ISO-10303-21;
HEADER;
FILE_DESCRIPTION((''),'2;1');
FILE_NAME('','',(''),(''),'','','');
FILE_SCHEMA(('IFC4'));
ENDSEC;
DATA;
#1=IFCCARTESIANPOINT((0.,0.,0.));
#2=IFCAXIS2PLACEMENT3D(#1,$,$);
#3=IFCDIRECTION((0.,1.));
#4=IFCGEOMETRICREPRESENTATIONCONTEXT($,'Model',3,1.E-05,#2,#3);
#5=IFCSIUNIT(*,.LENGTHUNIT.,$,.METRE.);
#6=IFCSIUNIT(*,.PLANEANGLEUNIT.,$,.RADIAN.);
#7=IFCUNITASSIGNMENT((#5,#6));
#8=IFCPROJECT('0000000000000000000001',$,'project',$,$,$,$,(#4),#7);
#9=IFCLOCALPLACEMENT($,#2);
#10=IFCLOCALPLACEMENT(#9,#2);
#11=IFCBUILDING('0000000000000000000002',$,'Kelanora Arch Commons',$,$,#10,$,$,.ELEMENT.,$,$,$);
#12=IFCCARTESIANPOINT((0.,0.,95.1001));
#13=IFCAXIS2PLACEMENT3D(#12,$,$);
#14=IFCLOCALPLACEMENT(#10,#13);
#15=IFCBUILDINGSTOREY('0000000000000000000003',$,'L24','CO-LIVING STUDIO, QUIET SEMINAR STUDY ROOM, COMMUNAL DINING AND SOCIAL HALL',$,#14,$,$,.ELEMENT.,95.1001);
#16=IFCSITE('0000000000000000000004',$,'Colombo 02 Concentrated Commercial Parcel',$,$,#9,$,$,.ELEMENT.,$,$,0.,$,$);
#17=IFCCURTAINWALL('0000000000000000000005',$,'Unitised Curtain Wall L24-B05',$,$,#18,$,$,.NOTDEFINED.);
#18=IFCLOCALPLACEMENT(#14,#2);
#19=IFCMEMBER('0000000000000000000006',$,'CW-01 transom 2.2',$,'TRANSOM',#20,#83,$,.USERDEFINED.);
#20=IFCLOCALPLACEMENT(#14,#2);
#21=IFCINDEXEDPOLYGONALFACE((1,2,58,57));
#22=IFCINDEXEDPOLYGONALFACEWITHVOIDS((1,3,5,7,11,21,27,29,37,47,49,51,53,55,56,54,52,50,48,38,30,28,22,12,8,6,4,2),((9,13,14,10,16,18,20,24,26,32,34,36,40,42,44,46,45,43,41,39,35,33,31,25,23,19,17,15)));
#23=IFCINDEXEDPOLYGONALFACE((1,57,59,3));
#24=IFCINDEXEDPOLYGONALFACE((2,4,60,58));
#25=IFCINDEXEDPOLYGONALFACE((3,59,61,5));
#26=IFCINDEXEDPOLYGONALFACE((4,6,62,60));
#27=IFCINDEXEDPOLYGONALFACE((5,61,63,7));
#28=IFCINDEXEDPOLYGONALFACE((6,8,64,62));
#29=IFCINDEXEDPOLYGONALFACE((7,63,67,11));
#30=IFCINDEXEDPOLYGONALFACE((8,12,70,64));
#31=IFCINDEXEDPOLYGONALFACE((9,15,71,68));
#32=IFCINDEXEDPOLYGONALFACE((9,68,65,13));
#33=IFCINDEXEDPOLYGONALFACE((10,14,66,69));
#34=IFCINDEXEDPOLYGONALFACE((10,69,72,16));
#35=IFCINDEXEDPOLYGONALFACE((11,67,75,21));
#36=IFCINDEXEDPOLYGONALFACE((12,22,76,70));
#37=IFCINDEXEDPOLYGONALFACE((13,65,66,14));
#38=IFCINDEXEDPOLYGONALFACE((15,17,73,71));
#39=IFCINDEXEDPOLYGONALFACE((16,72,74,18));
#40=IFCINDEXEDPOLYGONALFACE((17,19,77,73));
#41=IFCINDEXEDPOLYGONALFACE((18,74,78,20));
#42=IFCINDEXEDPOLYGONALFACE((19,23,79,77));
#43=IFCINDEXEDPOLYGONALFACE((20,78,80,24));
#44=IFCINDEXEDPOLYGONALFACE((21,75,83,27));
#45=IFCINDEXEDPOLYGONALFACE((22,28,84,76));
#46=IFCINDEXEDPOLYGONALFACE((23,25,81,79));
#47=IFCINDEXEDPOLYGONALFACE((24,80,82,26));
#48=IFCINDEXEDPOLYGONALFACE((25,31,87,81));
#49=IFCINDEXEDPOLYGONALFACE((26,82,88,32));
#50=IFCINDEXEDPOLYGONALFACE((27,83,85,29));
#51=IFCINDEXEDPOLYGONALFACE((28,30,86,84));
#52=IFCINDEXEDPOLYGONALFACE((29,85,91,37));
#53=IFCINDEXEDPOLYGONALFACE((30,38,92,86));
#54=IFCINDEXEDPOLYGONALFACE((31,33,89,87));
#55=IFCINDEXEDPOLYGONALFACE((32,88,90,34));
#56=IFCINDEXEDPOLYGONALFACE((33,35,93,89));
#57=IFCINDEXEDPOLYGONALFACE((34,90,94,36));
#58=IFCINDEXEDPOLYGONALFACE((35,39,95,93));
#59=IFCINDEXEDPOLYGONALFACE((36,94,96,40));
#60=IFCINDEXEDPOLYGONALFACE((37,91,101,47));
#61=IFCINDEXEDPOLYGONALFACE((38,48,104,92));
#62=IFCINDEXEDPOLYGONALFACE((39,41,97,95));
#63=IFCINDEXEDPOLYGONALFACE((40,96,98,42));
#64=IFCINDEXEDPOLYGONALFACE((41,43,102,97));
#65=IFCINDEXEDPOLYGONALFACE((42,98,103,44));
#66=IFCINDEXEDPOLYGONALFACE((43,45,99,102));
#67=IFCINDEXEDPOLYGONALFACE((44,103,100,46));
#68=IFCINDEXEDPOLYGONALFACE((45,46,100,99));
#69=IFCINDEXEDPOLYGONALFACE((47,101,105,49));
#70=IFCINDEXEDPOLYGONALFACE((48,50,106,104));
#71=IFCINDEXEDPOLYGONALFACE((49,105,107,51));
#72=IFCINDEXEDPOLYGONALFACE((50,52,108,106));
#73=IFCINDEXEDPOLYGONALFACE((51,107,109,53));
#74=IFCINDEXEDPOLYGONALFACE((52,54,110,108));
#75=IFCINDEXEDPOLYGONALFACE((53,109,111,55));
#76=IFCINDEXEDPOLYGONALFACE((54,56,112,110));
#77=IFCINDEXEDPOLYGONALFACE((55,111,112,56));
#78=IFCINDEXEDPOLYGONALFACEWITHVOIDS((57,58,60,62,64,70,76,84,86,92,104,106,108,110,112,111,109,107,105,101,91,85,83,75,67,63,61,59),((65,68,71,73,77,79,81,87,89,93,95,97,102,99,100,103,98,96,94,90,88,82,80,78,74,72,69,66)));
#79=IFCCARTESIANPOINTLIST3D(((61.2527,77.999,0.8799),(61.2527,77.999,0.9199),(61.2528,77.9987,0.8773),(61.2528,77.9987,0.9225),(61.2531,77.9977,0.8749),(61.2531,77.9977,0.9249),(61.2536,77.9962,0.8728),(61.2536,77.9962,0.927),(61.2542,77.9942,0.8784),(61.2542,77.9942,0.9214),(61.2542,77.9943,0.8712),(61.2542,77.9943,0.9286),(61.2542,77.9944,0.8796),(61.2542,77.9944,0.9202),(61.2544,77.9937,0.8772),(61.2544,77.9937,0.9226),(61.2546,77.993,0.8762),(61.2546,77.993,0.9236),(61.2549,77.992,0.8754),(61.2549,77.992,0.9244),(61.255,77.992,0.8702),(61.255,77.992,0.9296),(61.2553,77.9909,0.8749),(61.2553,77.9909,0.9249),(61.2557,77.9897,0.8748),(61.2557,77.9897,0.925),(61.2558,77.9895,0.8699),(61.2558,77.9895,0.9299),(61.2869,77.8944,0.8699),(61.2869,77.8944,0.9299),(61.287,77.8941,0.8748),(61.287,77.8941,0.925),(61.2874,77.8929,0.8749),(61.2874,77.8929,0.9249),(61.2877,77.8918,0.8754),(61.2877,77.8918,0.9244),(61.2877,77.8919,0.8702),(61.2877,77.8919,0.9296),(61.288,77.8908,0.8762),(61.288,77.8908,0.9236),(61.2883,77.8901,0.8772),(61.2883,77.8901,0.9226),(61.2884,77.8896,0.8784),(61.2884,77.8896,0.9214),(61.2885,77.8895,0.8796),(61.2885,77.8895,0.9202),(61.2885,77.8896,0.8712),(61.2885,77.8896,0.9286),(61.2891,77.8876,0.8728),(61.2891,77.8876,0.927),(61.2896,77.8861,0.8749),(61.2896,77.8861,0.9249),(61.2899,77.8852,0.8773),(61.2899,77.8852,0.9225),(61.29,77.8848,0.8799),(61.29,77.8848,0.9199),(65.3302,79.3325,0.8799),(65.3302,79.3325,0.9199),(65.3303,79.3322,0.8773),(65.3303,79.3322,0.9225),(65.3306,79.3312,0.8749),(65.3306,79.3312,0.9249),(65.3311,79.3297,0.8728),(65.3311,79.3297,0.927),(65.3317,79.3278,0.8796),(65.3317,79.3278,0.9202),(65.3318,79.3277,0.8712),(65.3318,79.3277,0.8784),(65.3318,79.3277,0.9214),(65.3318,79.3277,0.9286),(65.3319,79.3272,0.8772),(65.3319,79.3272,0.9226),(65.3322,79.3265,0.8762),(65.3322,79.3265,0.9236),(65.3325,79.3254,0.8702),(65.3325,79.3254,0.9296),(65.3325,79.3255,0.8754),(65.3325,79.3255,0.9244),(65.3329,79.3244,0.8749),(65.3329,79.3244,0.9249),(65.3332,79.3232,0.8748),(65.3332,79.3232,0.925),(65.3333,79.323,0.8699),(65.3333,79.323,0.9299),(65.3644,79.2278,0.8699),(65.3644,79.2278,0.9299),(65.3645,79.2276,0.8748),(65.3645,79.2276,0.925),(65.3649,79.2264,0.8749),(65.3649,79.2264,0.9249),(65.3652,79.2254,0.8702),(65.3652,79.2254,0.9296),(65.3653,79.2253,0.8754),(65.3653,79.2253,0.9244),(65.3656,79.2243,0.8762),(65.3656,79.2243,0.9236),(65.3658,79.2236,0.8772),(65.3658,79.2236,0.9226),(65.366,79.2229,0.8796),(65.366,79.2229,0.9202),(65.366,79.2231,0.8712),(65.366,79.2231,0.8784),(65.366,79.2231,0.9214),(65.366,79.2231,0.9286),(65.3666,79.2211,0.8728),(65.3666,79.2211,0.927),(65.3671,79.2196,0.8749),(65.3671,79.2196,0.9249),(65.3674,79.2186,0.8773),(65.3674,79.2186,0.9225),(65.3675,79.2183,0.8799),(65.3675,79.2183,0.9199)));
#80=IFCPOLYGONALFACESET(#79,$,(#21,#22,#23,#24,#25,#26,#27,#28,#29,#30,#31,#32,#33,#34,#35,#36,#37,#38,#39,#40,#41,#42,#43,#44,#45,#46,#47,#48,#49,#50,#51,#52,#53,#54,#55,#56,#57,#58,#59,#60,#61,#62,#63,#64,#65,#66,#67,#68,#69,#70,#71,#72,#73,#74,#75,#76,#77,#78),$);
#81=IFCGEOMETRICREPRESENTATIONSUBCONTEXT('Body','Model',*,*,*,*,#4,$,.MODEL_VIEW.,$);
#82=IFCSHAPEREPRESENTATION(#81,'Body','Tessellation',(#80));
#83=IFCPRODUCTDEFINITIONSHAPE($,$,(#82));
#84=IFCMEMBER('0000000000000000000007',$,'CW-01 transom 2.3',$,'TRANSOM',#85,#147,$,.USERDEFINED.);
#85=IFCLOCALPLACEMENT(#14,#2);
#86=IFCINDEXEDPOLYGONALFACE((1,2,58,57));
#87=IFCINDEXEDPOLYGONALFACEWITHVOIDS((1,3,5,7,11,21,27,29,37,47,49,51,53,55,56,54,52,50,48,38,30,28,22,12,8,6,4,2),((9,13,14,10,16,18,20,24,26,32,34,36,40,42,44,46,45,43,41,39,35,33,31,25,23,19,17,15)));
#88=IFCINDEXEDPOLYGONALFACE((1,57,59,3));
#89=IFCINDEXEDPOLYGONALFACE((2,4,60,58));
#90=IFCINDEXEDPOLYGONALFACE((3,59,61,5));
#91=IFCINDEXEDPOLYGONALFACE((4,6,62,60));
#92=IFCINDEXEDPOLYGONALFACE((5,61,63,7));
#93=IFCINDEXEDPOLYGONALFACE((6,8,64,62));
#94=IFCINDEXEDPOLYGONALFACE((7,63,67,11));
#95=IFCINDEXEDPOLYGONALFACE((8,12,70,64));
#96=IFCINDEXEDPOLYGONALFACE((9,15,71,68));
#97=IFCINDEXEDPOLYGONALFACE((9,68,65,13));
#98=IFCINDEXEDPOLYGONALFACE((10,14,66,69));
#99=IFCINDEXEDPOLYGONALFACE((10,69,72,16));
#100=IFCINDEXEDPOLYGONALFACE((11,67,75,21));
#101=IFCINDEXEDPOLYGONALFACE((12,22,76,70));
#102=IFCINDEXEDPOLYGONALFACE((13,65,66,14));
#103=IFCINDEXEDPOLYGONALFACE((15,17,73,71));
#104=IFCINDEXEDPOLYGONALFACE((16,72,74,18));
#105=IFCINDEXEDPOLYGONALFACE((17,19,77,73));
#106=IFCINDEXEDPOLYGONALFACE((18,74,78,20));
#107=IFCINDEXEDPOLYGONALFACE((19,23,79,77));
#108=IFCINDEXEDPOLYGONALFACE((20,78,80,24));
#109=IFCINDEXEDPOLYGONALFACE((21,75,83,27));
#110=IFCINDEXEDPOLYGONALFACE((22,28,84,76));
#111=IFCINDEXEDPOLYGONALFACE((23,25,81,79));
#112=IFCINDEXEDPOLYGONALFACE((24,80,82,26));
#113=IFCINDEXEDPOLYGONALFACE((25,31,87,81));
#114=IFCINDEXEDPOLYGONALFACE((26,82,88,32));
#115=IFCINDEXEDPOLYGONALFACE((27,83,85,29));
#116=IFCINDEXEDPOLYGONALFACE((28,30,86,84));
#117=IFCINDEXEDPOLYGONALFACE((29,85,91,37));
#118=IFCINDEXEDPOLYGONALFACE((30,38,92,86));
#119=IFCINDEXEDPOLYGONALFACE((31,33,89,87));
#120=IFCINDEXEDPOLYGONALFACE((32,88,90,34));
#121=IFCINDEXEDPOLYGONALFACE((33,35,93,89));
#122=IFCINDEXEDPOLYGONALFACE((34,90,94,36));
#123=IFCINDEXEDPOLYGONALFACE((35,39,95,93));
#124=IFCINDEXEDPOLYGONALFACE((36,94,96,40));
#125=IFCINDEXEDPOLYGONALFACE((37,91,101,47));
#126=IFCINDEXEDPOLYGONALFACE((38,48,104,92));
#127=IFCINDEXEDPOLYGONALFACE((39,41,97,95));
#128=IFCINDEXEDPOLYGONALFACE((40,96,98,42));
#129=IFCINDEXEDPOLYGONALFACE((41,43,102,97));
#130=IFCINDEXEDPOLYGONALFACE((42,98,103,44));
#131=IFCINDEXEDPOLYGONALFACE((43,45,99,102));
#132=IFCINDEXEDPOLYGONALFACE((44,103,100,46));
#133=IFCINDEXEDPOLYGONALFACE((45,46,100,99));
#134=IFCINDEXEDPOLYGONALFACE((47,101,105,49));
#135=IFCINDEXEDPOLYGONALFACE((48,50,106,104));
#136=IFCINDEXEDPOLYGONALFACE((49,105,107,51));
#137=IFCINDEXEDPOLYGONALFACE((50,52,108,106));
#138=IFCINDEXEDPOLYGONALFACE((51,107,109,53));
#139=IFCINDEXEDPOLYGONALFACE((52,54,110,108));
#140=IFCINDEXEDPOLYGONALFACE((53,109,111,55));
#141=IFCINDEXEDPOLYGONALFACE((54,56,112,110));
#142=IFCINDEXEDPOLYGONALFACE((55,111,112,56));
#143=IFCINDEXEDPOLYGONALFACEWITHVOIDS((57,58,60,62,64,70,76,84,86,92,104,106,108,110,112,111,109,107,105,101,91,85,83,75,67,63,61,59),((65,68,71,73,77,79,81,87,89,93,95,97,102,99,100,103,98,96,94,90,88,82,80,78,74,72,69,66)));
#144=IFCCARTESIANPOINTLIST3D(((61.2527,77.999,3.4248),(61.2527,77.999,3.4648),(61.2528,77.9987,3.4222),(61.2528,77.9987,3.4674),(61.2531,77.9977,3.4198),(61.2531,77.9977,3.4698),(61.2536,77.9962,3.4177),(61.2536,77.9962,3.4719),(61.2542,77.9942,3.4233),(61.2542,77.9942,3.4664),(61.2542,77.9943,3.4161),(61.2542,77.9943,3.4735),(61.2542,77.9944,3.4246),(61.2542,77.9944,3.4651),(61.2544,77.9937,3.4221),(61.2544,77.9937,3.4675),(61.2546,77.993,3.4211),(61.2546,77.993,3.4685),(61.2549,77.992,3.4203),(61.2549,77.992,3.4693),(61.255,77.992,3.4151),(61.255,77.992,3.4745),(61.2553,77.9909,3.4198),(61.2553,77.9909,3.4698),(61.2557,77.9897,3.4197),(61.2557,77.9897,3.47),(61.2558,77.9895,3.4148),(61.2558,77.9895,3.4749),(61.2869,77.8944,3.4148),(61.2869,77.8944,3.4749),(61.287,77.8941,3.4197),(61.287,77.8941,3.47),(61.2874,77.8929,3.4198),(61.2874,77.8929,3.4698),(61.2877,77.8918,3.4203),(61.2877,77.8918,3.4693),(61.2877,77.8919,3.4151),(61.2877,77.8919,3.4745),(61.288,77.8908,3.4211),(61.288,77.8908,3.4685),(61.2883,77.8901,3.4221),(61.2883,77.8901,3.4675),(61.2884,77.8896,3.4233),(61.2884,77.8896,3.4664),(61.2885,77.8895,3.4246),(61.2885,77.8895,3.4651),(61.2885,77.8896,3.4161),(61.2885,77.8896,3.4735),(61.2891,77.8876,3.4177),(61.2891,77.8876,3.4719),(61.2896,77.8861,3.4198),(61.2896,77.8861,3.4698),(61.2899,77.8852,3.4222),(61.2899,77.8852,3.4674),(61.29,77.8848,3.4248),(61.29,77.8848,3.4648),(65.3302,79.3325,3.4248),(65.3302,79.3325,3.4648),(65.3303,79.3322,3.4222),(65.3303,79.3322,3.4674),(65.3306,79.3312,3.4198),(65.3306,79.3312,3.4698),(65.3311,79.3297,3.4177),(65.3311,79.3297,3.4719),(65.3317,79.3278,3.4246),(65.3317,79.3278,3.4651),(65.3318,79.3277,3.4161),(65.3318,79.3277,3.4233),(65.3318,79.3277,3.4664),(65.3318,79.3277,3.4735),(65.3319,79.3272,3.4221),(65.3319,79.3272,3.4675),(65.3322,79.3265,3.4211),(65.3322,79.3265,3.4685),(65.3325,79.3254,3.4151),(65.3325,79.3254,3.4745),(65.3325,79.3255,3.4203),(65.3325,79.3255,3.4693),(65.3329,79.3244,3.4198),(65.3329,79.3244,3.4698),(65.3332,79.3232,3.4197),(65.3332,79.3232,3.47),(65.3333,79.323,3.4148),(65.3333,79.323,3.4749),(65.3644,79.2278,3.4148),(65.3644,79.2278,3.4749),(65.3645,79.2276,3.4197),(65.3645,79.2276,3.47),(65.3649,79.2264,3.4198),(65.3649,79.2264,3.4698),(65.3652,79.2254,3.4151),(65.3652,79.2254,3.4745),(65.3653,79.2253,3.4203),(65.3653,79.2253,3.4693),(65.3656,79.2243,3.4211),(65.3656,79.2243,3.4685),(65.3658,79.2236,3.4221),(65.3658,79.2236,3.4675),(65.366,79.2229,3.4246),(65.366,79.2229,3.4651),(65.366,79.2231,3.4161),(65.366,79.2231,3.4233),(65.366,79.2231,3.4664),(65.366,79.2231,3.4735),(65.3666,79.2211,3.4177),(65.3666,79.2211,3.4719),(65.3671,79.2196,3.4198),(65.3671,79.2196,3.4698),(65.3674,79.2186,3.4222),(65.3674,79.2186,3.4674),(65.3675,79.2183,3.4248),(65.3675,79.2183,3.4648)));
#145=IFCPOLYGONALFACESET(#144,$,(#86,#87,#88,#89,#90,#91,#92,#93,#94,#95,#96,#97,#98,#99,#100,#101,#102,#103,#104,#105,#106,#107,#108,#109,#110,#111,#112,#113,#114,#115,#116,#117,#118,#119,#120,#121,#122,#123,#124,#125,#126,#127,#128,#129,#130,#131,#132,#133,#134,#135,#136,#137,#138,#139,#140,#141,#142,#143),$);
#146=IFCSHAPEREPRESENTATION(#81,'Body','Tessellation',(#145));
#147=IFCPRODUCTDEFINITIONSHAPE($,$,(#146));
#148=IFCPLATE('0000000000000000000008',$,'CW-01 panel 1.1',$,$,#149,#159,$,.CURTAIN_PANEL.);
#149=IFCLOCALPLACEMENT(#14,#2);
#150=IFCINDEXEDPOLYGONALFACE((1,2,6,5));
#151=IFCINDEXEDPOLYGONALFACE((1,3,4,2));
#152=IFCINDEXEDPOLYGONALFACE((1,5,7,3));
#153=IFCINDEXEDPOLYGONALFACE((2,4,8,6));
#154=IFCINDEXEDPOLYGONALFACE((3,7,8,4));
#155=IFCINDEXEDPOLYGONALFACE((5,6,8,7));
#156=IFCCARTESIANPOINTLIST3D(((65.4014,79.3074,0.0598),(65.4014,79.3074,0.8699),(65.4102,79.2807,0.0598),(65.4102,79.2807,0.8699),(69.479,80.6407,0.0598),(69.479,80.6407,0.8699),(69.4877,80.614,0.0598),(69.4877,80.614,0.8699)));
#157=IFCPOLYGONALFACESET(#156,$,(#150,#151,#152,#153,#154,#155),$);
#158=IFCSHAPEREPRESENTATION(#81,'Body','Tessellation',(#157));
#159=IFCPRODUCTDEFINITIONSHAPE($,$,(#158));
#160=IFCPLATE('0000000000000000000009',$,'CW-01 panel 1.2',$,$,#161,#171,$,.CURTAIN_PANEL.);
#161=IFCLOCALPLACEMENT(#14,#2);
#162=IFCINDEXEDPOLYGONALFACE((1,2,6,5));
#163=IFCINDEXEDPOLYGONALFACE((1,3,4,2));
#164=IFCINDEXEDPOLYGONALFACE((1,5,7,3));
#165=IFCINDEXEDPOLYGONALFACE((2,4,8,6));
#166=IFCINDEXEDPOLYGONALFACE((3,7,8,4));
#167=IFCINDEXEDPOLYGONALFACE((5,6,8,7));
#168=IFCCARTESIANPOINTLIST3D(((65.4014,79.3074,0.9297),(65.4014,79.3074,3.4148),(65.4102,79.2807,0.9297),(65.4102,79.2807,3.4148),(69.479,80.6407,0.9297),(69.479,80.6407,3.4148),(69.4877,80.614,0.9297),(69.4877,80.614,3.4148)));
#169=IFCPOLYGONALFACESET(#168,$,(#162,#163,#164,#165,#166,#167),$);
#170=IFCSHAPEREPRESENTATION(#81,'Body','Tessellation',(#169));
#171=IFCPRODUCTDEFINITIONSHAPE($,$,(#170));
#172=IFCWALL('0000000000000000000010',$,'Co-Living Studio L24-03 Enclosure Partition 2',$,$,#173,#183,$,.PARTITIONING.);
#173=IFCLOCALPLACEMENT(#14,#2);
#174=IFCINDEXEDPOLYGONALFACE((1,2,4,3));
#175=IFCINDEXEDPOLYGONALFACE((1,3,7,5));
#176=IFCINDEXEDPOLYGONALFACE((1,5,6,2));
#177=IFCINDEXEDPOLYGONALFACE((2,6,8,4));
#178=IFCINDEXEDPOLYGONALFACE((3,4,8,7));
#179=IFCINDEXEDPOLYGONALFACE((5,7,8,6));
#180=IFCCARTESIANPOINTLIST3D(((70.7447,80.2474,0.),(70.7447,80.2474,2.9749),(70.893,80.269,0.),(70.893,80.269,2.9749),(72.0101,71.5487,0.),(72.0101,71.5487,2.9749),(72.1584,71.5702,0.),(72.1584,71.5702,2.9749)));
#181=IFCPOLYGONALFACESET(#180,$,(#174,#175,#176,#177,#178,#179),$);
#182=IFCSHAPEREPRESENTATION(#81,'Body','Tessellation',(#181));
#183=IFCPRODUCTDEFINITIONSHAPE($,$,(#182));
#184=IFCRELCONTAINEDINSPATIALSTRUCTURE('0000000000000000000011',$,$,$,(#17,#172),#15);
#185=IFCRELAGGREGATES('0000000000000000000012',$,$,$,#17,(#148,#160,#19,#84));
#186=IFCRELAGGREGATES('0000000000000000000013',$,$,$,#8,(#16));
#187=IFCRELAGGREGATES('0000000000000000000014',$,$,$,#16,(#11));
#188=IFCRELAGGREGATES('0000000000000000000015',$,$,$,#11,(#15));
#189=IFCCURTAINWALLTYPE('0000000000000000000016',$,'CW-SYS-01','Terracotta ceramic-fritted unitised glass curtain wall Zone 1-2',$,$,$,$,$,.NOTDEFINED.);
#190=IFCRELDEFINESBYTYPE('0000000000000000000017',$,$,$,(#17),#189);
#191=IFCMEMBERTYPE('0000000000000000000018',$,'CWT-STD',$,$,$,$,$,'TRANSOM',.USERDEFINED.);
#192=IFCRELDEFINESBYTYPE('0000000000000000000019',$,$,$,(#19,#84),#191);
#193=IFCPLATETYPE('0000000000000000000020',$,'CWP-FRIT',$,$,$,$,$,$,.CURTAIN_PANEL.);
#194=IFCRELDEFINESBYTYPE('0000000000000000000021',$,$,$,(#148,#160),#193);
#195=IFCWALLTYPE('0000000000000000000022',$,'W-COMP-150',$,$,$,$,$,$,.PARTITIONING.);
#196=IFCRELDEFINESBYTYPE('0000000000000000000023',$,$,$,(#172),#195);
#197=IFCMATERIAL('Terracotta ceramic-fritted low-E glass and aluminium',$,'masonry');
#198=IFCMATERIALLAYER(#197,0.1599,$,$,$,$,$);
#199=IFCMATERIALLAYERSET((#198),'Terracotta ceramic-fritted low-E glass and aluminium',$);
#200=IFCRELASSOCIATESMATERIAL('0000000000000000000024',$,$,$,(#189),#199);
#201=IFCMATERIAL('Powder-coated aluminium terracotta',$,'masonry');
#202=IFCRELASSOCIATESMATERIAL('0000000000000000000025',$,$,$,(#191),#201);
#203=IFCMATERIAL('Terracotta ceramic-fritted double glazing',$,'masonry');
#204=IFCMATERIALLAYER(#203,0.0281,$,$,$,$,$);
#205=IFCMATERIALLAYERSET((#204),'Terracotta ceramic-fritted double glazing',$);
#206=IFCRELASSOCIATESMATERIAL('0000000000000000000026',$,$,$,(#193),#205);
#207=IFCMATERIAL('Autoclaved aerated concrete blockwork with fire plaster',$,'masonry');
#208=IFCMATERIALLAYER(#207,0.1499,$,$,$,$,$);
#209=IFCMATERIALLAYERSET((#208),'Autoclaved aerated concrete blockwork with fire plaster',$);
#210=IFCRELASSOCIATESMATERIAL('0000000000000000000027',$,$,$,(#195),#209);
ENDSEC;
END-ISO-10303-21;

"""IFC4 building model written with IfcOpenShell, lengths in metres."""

from ifc_helpers import new_model, si_unit, direction, frame, frame_2d, origin, origin_2d, place, context, subcontext, project, spatial, rectangle, hollow_rectangle, extrude, source, transform, mapped, material, layer, layer_set, material_profile, profile_set, type_object, element, aggregate, save


model = new_model("IFC4")

# Units and contexts
model_context = context("Model", 3, precision=1e-05, world=origin(), true_north=direction((0.0, 1.0)))
body_context = subcontext(model_context, "Body", "Model", "MODEL_VIEW")
ifc_project = project(units=[si_unit("LENGTHUNIT", "METRE"), si_unit("PLANEANGLEUNIT", "RADIAN")], contexts=[model_context])

# Site, building, storey
site_placement = place(None, origin())
site = spatial("IfcSite", under=ifc_project, at=site_placement, Name="Colombo 02 Concentrated Commercial Parcel", CompositionType="ELEMENT", RefElevation=0.0)
building_placement = place(site_placement, origin())
building = spatial("IfcBuilding", under=site, at=building_placement, Name="Kelanora Arch Commons", CompositionType="ELEMENT")
storey_placement = place(building_placement, frame((0.0, 0.0, 95.1001)))
storey = spatial("IfcBuildingStorey", under=building, at=storey_placement, Name="L24", Description="CO-LIVING STUDIO, QUIET SEMINAR STUDY ROOM, COMMUNAL DINING AND SOCIAL HALL", CompositionType="ELEMENT", Elevation=95.1001)

# Curtain wall, members, plates
ifc_material_1 = material(Name="Terracotta ceramic-fritted low-E glass and aluminium", Category="masonry")
ifc_layer_1 = layer(ifc_material_1, 0.1599)
ifc_layer_set_1 = layer_set([ifc_layer_1], Name="Terracotta ceramic-fritted low-E glass and aluminium")
curtain_wall_type = type_object("IfcCurtainWallType", Name="CW-SYS-01", Description="Terracotta ceramic-fritted unitised glass curtain wall Zone 1-2", PredefinedType="NOTDEFINED", material=ifc_layer_set_1)
curtain_wall_placement = place(storey_placement, origin())
curtain_wall = element("IfcCurtainWall", 1, at=curtain_wall_placement, inside=storey, type_object=curtain_wall_type, Name="Unitised Curtain Wall L24-B05", PredefinedType="NOTDEFINED")
ifc_material_2 = material(Name="Powder-coated aluminium terracotta", Category="masonry")
ifc_material_profile_1 = material_profile(ifc_material_2, hollow_rectangle(XDim=0.1201, YDim=0.0601, WallThickness=0.0049, InnerFilletRadius=0.0049, OuterFilletRadius=0.01, at=origin_2d()), Name="CWT120x60")
ifc_profile_set_1 = profile_set([ifc_material_profile_1], Name="Powder-coated aluminium terracotta")
member_type_1 = type_object("IfcMemberType", Name="CWT-STD", ElementType="TRANSOM", PredefinedType="USERDEFINED", material=ifc_profile_set_1)
member_1_placement = place(storey_placement, frame((65.3489, 79.2754, 0.8999), z_axis=(-0.950466, -0.310828, 0.0), x_axis=(0.310828, -0.950466, 0.0)))
member_1 = element("IfcMember", 2, at=member_1_placement, type_object=member_type_1, Name="CW-01 transom 2.2", ObjectType="TRANSOM", PredefinedType="USERDEFINED", context=body_context, shape_type="SweptSolid", body=[
    extrude(hollow_rectangle(XDim=0.1201, YDim=0.0601, WallThickness=0.0049, InnerFilletRadius=0.0049, OuterFilletRadius=0.01, at=origin_2d()), origin(), (0.0, 0.0, 1.0), 4.29),
])
member_2_placement = place(storey_placement, frame((65.3489, 79.2754, 3.4448), z_axis=(-0.950466, -0.310828, 0.0), x_axis=(0.310828, -0.950466, 0.0)))
member_2 = element("IfcMember", 3, at=member_2_placement, type_object=member_type_1, Name="CW-01 transom 2.3", ObjectType="TRANSOM", PredefinedType="USERDEFINED", context=body_context, shape_type="SweptSolid", body=[
    extrude(hollow_rectangle(XDim=0.1201, YDim=0.0601, WallThickness=0.0049, InnerFilletRadius=0.0049, OuterFilletRadius=0.01, at=origin_2d()), origin(), (0.0, 0.0, 1.0), 4.29),
])
ifc_material_3 = material(Name="Terracotta ceramic-fritted double glazing", Category="masonry")
ifc_layer_2 = layer(ifc_material_3, 0.0281)
ifc_layer_set_2 = layer_set([ifc_layer_2], Name="Terracotta ceramic-fritted double glazing")
plate_type = type_object("IfcPlateType", Name="CWP-FRIT", PredefinedType="CURTAIN_PANEL", material=ifc_layer_set_2)
shared_shape_1 = source(origin(), body_context, "Body", "SweptSolid", [
    extrude(rectangle(XDim=4.29, YDim=0.0281, at=origin_2d()), origin(), (0.0, 0.0, 1.0), 0.8101),
])
plate_1_placement = place(storey_placement, frame((67.4446, 79.9607, 0.0598), z_axis=(0.0, 0.0, 1.0), x_axis=(-0.950474, -0.310805, 0.0)))
plate_1 = element("IfcPlate", 4, at=plate_1_placement, type_object=plate_type, Name="CW-01 panel 1.1", PredefinedType="CURTAIN_PANEL", context=body_context, shape_type="MappedRepresentation", body=[
    mapped(shared_shape_1, transform((0.0, 0.0, 0.0), scale=1.0)),
])
shared_shape_2 = source(origin(), body_context, "Body", "SweptSolid", [
    extrude(rectangle(XDim=4.29, YDim=0.0281, at=origin_2d()), origin(), (0.0, 0.0, 1.0), 2.4851),
])
plate_2_placement = place(storey_placement, frame((67.4446, 79.9607, 0.9297), z_axis=(0.0, 0.0, 1.0), x_axis=(-0.950474, -0.310805, 0.0)))
plate_2 = element("IfcPlate", 5, at=plate_2_placement, type_object=plate_type, Name="CW-01 panel 1.2", PredefinedType="CURTAIN_PANEL", context=body_context, shape_type="MappedRepresentation", body=[
    mapped(shared_shape_2, transform((0.0, 0.0, 0.0), scale=1.0)),
])
aggregate(curtain_wall, [plate_1, plate_2, member_1, member_2])

# Wall
ifc_material_4 = material(Name="Autoclaved aerated concrete blockwork with fire plaster", Category="masonry")
ifc_layer_3 = layer(ifc_material_4, 0.1499)
ifc_layer_set_3 = layer_set([ifc_layer_3], Name="Autoclaved aerated concrete blockwork with fire plaster")
wall_type_1 = type_object("IfcWallType", Name="W-COMP-150", PredefinedType="PARTITIONING", material=ifc_layer_set_3)
wall_1_placement = place(storey_placement, frame((72.0842, 71.5596, 0.0), z_axis=(0.0, 0.0, 1.0), x_axis=(-0.143952, 0.989585, 0.0)))
element("IfcWall", 6, at=wall_1_placement, inside=storey, type_object=wall_type_1, Name="Co-Living Studio L24-03 Enclosure Partition 2", PredefinedType="PARTITIONING", context=body_context, shape_type="SweptSolid", body=[
    extrude(rectangle(XDim=8.7903, YDim=0.1499, at=frame_2d((4.395, 0.0))), origin(), (0.0, 0.0, 1.0), 2.9749),
])

save(model, "model.ifc")
